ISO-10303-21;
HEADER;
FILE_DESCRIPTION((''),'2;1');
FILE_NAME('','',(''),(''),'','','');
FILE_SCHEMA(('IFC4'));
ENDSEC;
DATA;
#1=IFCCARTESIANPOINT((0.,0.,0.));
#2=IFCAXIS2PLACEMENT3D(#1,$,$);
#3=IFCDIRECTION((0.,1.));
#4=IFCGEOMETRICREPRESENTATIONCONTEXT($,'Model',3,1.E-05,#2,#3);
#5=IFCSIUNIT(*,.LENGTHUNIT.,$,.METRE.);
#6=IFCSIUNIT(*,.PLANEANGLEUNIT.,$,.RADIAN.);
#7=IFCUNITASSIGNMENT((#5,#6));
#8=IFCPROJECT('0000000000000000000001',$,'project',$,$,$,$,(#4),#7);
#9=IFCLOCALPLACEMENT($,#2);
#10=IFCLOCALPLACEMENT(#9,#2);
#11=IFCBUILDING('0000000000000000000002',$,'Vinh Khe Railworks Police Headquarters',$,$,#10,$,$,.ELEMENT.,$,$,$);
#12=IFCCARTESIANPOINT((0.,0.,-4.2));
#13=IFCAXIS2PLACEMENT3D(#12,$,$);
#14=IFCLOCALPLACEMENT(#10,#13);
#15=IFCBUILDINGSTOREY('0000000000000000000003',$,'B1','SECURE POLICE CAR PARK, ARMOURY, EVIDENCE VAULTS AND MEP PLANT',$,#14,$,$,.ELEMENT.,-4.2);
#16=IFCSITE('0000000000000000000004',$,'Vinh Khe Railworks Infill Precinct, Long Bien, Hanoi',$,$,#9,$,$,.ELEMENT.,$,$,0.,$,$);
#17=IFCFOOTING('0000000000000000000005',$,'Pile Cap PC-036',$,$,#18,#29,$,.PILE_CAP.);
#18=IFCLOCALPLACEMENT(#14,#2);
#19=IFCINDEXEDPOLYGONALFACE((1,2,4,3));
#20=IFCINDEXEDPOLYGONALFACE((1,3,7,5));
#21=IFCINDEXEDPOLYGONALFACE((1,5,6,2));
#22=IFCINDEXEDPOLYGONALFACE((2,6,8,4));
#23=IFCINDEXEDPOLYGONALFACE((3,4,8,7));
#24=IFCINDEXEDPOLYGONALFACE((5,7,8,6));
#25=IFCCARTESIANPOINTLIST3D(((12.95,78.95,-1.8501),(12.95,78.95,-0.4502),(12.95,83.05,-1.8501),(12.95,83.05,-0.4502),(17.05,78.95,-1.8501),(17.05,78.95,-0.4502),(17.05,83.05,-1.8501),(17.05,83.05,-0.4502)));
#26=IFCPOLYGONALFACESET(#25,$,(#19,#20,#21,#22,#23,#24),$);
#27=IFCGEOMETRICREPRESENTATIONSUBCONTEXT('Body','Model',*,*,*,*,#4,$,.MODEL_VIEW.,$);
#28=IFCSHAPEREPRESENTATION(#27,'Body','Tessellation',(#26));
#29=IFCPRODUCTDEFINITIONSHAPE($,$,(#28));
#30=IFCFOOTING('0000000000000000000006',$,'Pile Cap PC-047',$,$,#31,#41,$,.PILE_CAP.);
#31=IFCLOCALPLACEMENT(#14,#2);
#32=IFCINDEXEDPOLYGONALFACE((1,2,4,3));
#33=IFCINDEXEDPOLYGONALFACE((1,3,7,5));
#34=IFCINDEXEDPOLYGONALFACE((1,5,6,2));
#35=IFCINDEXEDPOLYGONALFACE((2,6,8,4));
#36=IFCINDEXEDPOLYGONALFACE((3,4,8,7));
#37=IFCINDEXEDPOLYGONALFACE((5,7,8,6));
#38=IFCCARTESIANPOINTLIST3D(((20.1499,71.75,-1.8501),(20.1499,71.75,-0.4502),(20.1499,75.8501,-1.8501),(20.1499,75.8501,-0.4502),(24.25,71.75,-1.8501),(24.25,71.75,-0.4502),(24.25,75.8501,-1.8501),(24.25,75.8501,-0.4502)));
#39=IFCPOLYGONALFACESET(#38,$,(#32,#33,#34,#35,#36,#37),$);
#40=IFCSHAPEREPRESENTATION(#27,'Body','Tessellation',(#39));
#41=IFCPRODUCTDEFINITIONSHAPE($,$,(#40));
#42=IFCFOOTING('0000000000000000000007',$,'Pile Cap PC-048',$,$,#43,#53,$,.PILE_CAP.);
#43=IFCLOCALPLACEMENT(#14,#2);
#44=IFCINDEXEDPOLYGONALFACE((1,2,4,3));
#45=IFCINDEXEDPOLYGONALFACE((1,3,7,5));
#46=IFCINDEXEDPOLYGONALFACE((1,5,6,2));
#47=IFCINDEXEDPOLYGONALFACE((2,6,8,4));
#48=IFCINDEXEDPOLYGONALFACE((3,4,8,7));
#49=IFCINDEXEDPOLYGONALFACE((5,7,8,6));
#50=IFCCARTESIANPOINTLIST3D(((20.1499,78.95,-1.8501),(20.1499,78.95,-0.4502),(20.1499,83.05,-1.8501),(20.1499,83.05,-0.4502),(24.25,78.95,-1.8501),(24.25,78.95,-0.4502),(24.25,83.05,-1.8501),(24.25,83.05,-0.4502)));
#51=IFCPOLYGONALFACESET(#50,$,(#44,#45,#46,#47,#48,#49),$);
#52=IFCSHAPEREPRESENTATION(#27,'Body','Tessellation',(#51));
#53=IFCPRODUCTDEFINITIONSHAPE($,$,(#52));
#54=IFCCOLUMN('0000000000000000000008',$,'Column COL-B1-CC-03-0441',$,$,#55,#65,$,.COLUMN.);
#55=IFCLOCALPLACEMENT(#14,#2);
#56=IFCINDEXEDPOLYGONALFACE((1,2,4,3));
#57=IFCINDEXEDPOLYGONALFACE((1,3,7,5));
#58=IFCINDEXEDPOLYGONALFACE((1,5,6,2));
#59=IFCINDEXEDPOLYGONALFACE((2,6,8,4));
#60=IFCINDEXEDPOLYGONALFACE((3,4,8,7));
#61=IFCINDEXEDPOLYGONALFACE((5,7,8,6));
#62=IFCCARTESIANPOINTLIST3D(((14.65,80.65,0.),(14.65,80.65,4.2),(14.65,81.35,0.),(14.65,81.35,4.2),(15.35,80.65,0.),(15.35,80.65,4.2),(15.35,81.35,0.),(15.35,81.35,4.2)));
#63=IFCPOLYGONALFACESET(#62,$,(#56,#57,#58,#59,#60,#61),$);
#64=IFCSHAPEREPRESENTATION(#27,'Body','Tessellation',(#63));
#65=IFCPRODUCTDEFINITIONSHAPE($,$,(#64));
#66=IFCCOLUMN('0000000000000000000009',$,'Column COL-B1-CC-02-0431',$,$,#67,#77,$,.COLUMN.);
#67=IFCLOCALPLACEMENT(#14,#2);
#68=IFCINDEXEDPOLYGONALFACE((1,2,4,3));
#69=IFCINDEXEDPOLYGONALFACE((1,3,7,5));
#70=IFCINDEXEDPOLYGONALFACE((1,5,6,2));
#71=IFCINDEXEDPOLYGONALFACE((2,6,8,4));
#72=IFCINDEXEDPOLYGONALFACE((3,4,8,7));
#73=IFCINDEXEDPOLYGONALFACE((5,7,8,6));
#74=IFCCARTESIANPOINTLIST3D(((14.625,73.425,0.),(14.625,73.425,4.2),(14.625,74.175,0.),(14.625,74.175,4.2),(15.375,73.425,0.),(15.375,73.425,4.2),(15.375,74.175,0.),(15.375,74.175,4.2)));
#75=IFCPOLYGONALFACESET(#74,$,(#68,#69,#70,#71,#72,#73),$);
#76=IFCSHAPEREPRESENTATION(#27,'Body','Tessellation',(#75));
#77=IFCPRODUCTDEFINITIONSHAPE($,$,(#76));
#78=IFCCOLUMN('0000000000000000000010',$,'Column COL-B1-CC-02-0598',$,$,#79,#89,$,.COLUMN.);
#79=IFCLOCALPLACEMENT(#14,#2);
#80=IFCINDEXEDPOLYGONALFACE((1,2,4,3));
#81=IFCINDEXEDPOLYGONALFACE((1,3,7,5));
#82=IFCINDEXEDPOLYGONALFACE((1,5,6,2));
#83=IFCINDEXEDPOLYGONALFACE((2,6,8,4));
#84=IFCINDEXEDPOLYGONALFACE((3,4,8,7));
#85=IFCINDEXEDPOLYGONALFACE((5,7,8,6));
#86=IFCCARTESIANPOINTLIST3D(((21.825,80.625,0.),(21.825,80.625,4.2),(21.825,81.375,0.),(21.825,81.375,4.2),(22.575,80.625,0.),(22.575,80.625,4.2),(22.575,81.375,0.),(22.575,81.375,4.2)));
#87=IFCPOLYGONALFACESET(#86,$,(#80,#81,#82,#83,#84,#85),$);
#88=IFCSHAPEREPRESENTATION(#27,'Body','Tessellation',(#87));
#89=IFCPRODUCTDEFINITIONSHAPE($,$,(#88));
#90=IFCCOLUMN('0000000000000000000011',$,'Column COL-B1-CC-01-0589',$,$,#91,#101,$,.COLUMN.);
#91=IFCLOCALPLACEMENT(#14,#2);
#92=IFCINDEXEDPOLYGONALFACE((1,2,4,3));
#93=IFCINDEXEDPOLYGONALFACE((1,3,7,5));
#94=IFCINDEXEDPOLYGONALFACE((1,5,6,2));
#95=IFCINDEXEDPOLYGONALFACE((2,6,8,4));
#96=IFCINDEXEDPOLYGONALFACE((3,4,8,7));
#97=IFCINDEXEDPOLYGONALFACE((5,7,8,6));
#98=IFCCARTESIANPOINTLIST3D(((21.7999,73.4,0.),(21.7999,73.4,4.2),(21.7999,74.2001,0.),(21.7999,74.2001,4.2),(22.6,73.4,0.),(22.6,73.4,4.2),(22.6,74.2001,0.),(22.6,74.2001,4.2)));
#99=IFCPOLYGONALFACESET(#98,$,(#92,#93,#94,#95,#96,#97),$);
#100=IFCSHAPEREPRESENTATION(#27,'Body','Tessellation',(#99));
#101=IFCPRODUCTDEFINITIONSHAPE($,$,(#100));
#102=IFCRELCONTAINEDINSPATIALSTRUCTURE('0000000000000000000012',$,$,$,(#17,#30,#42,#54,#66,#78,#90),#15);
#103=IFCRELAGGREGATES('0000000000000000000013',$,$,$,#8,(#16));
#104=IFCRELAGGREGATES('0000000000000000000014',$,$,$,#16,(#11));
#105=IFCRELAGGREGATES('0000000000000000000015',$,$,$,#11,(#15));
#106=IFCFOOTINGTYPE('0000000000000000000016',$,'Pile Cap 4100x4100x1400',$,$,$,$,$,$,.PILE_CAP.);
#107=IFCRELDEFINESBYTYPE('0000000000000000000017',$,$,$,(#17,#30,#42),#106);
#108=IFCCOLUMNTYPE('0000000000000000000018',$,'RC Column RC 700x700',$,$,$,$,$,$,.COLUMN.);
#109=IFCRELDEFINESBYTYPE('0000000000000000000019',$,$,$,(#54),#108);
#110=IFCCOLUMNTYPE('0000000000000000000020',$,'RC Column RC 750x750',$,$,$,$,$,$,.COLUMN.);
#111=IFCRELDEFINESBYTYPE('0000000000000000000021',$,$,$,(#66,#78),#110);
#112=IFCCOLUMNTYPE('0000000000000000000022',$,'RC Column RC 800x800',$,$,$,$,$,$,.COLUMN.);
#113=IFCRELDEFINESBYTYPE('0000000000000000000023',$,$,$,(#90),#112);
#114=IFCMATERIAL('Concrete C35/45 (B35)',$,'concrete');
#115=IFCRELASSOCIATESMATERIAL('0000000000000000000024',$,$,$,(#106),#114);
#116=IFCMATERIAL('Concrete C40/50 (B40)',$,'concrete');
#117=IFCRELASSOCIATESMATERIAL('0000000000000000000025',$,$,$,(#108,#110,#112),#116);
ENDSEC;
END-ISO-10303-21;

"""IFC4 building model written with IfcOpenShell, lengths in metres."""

from ifc_helpers import new_model, si_unit, direction, frame, origin, origin_2d, place, context, subcontext, project, spatial, rectangle, extrude, material, material_profile, profile_set, type_object, element, save


model = new_model("IFC4")

# Units and contexts
model_context = context("Model", 3, precision=1e-05, world=origin(), true_north=direction((0.0, 1.0)))
body_context = subcontext(model_context, "Body", "Model", "MODEL_VIEW")
ifc_project = project(units=[si_unit("LENGTHUNIT", "METRE"), si_unit("PLANEANGLEUNIT", "RADIAN")], contexts=[model_context])

# Site, building, storey
site_placement = place(None, origin())
site = spatial("IfcSite", under=ifc_project, at=site_placement, Name="Vinh Khe Railworks Infill Precinct, Long Bien, Hanoi", CompositionType="ELEMENT", RefElevation=0.0)
building_placement = place(site_placement, origin())
building = spatial("IfcBuilding", under=site, at=building_placement, Name="Vinh Khe Railworks Police Headquarters", CompositionType="ELEMENT")
storey_placement = place(building_placement, frame((0.0, 0.0, -4.2)))
storey = spatial("IfcBuildingStorey", under=building, at=storey_placement, Name="B1", Description="SECURE POLICE CAR PARK, ARMOURY, EVIDENCE VAULTS AND MEP PLANT", CompositionType="ELEMENT", Elevation=-4.2)

# Shared definitions
ifc_material_1 = material(Name="Concrete C35/45 (B35)", Category="concrete")

# Footings
footing_type_1 = type_object("IfcFootingType", Name="Pile Cap 4100x4100x1400", PredefinedType="PILE_CAP", material=ifc_material_1)
for number, where, z_axis, x_axis, name in (
    (1, (15.0, 81.0, -1.8501), (0.0, 0.0, 1.0), (1.0, 0.0, 0.0), "Pile Cap PC-036"),
    (2, (22.2, 73.8, -1.8501), (0.0, 0.0, 1.0), (1.0, 0.0, 0.0), "Pile Cap PC-047"),
    (3, (22.2, 81.0, -1.8501), (0.0, 0.0, 1.0), (1.0, 0.0, 0.0), "Pile Cap PC-048"),
):
    element("IfcFooting", number, at=place(storey_placement, frame(where, z_axis=z_axis, x_axis=x_axis)), inside=storey, type_object=footing_type_1, Name=name, PredefinedType="PILE_CAP", context=body_context, shape_type="SweptSolid", body=[
        extrude(rectangle(XDim=4.1001, YDim=4.1001, at=origin_2d()), origin(), (0.0, 0.0, 1.0), 1.3999),
    ])

# Columns
ifc_material_2 = material(Name="Concrete C40/50 (B40)", Category="concrete")
ifc_material_profile_1 = material_profile(ifc_material_2, rectangle(XDim=0.7, YDim=0.7, at=origin_2d()), Name="RC 700x700")
ifc_profile_set_1 = profile_set([ifc_material_profile_1], Name="Concrete C40/50 (B40)")
column_type_1 = type_object("IfcColumnType", Name="RC Column RC 700x700", PredefinedType="COLUMN", material=ifc_profile_set_1)
column_1_placement = place(storey_placement, frame((15.0, 81.0, 0.0), z_axis=(0.0, 0.0, 1.0), x_axis=(1.0, 0.0, 0.0)))
element("IfcColumn", 4, at=column_1_placement, inside=storey, type_object=column_type_1, Name="Column COL-B1-CC-03-0441", PredefinedType="COLUMN", context=body_context, shape_type="SweptSolid", body=[
    extrude(rectangle(XDim=0.7, YDim=0.7, at=origin_2d()), origin(), (0.0, 0.0, 1.0), 4.2),
])
ifc_material_profile_2 = material_profile(ifc_material_2, rectangle(XDim=0.75, YDim=0.75, at=origin_2d()), Name="RC 750x750")
ifc_profile_set_2 = profile_set([ifc_material_profile_2], Name="Concrete C40/50 (B40)")
column_type_2 = type_object("IfcColumnType", Name="RC Column RC 750x750", PredefinedType="COLUMN", material=ifc_profile_set_2)
for number, where, z_axis, x_axis, name in (
    (5, (15.0, 73.8, 0.0), (0.0, 0.0, 1.0), (1.0, 0.0, 0.0), "Column COL-B1-CC-02-0431"),
    (6, (22.2, 81.0, 0.0), (0.0, 0.0, 1.0), (1.0, 0.0, 0.0), "Column COL-B1-CC-02-0598"),
):
    element("IfcColumn", number, at=place(storey_placement, frame(where, z_axis=z_axis, x_axis=x_axis)), inside=storey, type_object=column_type_2, Name=name, PredefinedType="COLUMN", context=body_context, shape_type="SweptSolid", body=[
        extrude(rectangle(XDim=0.75, YDim=0.75, at=origin_2d()), origin(), (0.0, 0.0, 1.0), 4.2),
    ])
ifc_material_profile_3 = material_profile(ifc_material_2, rectangle(XDim=0.8, YDim=0.8, at=origin_2d()), Name="RC 800x800")
ifc_profile_set_3 = profile_set([ifc_material_profile_3], Name="Concrete C40/50 (B40)")
column_type_3 = type_object("IfcColumnType", Name="RC Column RC 800x800", PredefinedType="COLUMN", material=ifc_profile_set_3)
column_2_placement = place(storey_placement, frame((22.2, 73.8, 0.0), z_axis=(0.0, 0.0, 1.0), x_axis=(1.0, 0.0, 0.0)))
element("IfcColumn", 7, at=column_2_placement, inside=storey, type_object=column_type_3, Name="Column COL-B1-CC-01-0589", PredefinedType="COLUMN", context=body_context, shape_type="SweptSolid", body=[
    extrude(rectangle(XDim=0.8, YDim=0.8, at=origin_2d()), origin(), (0.0, 0.0, 1.0), 4.2),
])

save(model, "model.ifc")
